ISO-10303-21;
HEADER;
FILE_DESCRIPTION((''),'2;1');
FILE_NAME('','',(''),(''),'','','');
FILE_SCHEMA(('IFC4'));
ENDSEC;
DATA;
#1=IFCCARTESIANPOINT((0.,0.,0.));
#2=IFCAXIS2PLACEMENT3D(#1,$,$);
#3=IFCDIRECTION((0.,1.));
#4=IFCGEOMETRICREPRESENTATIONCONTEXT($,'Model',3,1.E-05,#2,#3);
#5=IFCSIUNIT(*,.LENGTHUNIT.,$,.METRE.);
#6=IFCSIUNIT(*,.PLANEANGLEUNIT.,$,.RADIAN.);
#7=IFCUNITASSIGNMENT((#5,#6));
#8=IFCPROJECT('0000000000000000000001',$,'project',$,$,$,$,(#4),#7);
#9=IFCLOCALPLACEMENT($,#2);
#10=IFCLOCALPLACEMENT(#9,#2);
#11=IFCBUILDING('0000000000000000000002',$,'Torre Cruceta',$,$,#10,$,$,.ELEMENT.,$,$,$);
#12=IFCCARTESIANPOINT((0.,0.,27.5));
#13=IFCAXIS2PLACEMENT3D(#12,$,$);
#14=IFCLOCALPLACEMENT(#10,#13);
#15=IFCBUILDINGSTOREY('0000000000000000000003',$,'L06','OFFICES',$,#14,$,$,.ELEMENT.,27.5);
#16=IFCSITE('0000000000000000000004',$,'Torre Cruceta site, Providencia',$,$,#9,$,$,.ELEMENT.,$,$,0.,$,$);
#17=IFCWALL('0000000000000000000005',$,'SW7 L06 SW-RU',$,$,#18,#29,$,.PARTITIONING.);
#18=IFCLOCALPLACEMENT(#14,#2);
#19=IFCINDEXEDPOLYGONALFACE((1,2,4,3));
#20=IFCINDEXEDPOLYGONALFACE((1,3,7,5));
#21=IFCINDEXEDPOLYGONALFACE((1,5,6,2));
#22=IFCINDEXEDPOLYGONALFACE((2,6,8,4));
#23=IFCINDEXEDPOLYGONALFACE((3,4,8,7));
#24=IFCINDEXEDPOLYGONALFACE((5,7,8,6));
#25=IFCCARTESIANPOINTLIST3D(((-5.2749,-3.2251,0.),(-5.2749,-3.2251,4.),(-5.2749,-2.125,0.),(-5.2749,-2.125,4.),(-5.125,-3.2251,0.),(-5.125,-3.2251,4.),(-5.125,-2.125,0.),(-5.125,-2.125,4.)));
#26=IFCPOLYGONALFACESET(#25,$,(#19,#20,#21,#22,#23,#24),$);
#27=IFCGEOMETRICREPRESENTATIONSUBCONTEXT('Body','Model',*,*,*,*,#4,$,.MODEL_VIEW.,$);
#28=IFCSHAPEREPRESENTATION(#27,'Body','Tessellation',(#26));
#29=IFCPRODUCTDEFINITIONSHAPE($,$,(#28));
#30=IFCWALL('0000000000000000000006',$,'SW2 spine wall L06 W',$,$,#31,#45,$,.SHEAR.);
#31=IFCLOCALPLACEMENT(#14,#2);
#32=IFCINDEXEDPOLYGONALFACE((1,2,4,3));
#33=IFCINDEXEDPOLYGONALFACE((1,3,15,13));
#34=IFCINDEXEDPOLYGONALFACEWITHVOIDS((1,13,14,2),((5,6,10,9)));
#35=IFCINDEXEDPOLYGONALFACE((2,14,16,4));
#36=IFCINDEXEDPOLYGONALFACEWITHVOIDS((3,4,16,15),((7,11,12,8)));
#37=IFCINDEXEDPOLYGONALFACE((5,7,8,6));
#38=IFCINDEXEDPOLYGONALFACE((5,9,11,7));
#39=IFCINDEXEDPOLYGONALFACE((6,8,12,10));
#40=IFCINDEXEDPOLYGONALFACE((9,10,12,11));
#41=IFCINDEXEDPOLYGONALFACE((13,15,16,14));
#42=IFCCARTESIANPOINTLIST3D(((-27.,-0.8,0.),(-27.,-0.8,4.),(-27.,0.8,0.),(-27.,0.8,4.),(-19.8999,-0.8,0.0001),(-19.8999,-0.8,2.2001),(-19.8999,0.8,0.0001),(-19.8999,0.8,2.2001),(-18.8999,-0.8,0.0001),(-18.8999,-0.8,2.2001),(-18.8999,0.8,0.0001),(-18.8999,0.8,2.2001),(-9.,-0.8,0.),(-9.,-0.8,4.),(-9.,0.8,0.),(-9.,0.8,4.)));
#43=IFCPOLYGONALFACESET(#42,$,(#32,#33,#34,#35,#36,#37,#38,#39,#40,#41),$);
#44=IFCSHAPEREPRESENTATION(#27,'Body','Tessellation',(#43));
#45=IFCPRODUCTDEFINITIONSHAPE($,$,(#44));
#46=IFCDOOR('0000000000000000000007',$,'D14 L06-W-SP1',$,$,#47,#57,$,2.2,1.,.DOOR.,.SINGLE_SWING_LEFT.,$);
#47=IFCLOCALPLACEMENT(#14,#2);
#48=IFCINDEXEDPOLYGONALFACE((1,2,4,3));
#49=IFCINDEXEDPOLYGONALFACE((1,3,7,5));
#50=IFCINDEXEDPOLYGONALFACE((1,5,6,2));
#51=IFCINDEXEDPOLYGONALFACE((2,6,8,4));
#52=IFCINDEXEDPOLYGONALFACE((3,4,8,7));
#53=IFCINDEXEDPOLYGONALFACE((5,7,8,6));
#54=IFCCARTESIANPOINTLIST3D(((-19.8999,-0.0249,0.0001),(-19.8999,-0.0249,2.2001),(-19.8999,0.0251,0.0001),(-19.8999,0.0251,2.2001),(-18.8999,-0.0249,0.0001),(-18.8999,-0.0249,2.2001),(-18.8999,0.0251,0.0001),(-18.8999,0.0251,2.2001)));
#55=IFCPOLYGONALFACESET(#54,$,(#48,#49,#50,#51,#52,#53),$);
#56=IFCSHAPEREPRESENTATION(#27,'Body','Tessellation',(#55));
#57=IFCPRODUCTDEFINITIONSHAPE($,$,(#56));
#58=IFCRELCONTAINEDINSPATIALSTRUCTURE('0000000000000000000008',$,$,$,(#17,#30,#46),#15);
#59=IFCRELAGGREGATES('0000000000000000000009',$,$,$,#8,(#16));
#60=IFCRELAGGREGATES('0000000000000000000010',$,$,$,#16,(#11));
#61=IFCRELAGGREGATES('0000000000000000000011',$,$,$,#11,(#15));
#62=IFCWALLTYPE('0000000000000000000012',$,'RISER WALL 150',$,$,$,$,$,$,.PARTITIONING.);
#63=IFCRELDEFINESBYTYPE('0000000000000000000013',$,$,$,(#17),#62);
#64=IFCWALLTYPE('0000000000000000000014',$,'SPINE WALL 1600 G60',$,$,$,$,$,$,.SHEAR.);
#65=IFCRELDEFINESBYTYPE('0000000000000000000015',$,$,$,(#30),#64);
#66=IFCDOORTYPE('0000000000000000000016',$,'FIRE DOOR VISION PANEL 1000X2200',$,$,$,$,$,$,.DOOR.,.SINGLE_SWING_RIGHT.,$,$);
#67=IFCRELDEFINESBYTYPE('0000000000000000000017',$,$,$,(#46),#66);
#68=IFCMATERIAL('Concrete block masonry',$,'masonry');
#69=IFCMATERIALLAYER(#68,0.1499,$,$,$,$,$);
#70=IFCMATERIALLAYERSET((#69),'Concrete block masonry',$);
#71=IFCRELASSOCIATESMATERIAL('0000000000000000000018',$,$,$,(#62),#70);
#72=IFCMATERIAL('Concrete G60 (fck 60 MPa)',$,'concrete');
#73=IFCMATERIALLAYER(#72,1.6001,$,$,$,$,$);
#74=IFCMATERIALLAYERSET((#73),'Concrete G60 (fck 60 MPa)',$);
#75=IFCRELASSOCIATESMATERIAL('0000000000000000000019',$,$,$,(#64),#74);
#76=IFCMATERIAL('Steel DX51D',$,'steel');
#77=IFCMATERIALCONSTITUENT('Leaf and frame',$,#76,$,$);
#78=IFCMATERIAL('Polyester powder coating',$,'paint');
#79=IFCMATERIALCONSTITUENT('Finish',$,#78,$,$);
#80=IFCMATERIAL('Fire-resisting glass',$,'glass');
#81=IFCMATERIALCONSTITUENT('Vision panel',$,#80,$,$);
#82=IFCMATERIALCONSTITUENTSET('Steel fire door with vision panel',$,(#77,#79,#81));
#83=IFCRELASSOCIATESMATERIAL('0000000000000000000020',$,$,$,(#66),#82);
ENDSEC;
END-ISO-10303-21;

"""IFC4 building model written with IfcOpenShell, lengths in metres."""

from ifc_helpers import new_model, si_unit, direction, frame, frame_2d, origin, place, context, subcontext, project, spatial, rectangle, extrude, material, layer, layer_set, constituent, constituent_set, type_object, element, fill, save


model = new_model("IFC4")

# Units and contexts
model_context = context("Model", 3, precision=1e-05, world=origin(), true_north=direction((0.0, 1.0)))
body_context = subcontext(model_context, "Body", "Model", "MODEL_VIEW")
ifc_project = project(units=[si_unit("LENGTHUNIT", "METRE"), si_unit("PLANEANGLEUNIT", "RADIAN")], contexts=[model_context])

# Site, building, storey
site_placement = place(None, origin())
site = spatial("IfcSite", under=ifc_project, at=site_placement, Name="Torre Cruceta site, Providencia", CompositionType="ELEMENT", RefElevation=0.0)
building_placement = place(site_placement, origin())
building = spatial("IfcBuilding", under=site, at=building_placement, Name="Torre Cruceta", CompositionType="ELEMENT")
storey_placement = place(building_placement, frame((0.0, 0.0, 27.5)))
storey = spatial("IfcBuildingStorey", under=building, at=storey_placement, Name="L06", Description="OFFICES", CompositionType="ELEMENT", Elevation=27.5)

# Shared definitions
ifc_material_1 = material(Name="Concrete block masonry", Category="masonry")
ifc_layer_1 = layer(ifc_material_1, 0.1499)
ifc_layer_set_1 = layer_set([ifc_layer_1], Name="Concrete block masonry")
wall_type_1 = type_object("IfcWallType", Name="RISER WALL 150", PredefinedType="PARTITIONING", material=ifc_layer_set_1)

# Wall
wall_1_placement = place(storey_placement, frame((-5.2, -2.125, 0.0), z_axis=(0.0, 0.0, 1.0), x_axis=(0.0, -1.0, 0.0)))
element("IfcWall", 1, at=wall_1_placement, inside=storey, type_object=wall_type_1, Name="SW7 L06 SW-RU", PredefinedType="PARTITIONING", context=body_context, shape_type="SweptSolid", body=[
    extrude(rectangle(XDim=1.1001, YDim=0.1499, at=frame_2d((0.55, 0.0))), origin(), (0.0, 0.0, 1.0), 4.0),
])

# Wall, opening, door
ifc_material_2 = material(Name="Concrete G60 (fck 60 MPa)", Category="concrete")
ifc_layer_2 = layer(ifc_material_2, 1.6001)
ifc_layer_set_2 = layer_set([ifc_layer_2], Name="Concrete G60 (fck 60 MPa)")
wall_type_2 = type_object("IfcWallType", Name="SPINE WALL 1600 G60", PredefinedType="SHEAR", material=ifc_layer_set_2)
wall_2_placement = place(storey_placement, frame((-9.0, 0.0, 0.0), z_axis=(0.0, 0.0, 1.0), x_axis=(-1.0, 0.0, 0.0)))
wall_2 = element("IfcWall", 2, at=wall_2_placement, inside=storey, type_object=wall_type_2, Name="SW2 spine wall L06 W", PredefinedType="SHEAR", context=body_context, shape_type="SweptSolid", body=[
    extrude(rectangle(XDim=18.0, YDim=1.6001, at=frame_2d((9.0, 0.0))), origin(), (0.0, 0.0, 1.0), 4.0),
])
opening_1_placement = place(wall_2_placement, frame((9.8999, 0.0, 0.0)))
opening_1 = element("IfcOpeningElement", 3, at=opening_1_placement, cuts=wall_2, PredefinedType="OPENING", context=body_context, shape_type="SweptSolid", body=[
    extrude(rectangle(XDim=1.0, YDim=2.2, at=frame_2d((0.5, 1.1001))), frame((0.0, 0.8101, 0.0), z_axis=(0.0, -1.0, 0.0), x_axis=(1.0, 0.0, 0.0)), (0.0, 0.0, 1.0), 1.6201),
])
ifc_material_3 = material(Name="Steel DX51D", Category="steel")
ifc_constituent_1 = constituent(ifc_material_3, Name="Leaf and frame")
ifc_material_4 = material(Name="Polyester powder coating", Category="paint")
ifc_constituent_2 = constituent(ifc_material_4, Name="Finish")
ifc_material_5 = material(Name="Fire-resisting glass", Category="glass")
ifc_constituent_3 = constituent(ifc_material_5, Name="Vision panel")
ifc_constituent_set_1 = constituent_set(constituents=[ifc_constituent_1, ifc_constituent_2, ifc_constituent_3], Name="Steel fire door with vision panel")
door_type_1 = type_object("IfcDoorType", Name="FIRE DOOR VISION PANEL 1000X2200", OperationType="SINGLE_SWING_RIGHT", PredefinedType="DOOR", material=ifc_constituent_set_1)
door_1_placement = place(opening_1_placement, frame((1.0, 0.0, 0.0), z_axis=(0.0, 0.0, 1.0), x_axis=(-1.0, 0.0, 0.0)))
door_1 = element("IfcDoor", 4, at=door_1_placement, inside=storey, type_object=door_type_1, Name="D14 L06-W-SP1", OperationType="SINGLE_SWING_LEFT", OverallHeight=2.2, OverallWidth=1.0, PredefinedType="DOOR", context=body_context, shape_type="SweptSolid", body=[
    extrude(rectangle(XDim=1.0, YDim=2.2, at=frame_2d((0.5, 1.1001))), frame((0.0, 0.0251, 0.0), z_axis=(0.0, -1.0, 0.0), x_axis=(1.0, 0.0, 0.0)), (0.0, 0.0, 1.0), 0.05),
])
fill(opening_1, door_1)

save(model, "model.ifc")
